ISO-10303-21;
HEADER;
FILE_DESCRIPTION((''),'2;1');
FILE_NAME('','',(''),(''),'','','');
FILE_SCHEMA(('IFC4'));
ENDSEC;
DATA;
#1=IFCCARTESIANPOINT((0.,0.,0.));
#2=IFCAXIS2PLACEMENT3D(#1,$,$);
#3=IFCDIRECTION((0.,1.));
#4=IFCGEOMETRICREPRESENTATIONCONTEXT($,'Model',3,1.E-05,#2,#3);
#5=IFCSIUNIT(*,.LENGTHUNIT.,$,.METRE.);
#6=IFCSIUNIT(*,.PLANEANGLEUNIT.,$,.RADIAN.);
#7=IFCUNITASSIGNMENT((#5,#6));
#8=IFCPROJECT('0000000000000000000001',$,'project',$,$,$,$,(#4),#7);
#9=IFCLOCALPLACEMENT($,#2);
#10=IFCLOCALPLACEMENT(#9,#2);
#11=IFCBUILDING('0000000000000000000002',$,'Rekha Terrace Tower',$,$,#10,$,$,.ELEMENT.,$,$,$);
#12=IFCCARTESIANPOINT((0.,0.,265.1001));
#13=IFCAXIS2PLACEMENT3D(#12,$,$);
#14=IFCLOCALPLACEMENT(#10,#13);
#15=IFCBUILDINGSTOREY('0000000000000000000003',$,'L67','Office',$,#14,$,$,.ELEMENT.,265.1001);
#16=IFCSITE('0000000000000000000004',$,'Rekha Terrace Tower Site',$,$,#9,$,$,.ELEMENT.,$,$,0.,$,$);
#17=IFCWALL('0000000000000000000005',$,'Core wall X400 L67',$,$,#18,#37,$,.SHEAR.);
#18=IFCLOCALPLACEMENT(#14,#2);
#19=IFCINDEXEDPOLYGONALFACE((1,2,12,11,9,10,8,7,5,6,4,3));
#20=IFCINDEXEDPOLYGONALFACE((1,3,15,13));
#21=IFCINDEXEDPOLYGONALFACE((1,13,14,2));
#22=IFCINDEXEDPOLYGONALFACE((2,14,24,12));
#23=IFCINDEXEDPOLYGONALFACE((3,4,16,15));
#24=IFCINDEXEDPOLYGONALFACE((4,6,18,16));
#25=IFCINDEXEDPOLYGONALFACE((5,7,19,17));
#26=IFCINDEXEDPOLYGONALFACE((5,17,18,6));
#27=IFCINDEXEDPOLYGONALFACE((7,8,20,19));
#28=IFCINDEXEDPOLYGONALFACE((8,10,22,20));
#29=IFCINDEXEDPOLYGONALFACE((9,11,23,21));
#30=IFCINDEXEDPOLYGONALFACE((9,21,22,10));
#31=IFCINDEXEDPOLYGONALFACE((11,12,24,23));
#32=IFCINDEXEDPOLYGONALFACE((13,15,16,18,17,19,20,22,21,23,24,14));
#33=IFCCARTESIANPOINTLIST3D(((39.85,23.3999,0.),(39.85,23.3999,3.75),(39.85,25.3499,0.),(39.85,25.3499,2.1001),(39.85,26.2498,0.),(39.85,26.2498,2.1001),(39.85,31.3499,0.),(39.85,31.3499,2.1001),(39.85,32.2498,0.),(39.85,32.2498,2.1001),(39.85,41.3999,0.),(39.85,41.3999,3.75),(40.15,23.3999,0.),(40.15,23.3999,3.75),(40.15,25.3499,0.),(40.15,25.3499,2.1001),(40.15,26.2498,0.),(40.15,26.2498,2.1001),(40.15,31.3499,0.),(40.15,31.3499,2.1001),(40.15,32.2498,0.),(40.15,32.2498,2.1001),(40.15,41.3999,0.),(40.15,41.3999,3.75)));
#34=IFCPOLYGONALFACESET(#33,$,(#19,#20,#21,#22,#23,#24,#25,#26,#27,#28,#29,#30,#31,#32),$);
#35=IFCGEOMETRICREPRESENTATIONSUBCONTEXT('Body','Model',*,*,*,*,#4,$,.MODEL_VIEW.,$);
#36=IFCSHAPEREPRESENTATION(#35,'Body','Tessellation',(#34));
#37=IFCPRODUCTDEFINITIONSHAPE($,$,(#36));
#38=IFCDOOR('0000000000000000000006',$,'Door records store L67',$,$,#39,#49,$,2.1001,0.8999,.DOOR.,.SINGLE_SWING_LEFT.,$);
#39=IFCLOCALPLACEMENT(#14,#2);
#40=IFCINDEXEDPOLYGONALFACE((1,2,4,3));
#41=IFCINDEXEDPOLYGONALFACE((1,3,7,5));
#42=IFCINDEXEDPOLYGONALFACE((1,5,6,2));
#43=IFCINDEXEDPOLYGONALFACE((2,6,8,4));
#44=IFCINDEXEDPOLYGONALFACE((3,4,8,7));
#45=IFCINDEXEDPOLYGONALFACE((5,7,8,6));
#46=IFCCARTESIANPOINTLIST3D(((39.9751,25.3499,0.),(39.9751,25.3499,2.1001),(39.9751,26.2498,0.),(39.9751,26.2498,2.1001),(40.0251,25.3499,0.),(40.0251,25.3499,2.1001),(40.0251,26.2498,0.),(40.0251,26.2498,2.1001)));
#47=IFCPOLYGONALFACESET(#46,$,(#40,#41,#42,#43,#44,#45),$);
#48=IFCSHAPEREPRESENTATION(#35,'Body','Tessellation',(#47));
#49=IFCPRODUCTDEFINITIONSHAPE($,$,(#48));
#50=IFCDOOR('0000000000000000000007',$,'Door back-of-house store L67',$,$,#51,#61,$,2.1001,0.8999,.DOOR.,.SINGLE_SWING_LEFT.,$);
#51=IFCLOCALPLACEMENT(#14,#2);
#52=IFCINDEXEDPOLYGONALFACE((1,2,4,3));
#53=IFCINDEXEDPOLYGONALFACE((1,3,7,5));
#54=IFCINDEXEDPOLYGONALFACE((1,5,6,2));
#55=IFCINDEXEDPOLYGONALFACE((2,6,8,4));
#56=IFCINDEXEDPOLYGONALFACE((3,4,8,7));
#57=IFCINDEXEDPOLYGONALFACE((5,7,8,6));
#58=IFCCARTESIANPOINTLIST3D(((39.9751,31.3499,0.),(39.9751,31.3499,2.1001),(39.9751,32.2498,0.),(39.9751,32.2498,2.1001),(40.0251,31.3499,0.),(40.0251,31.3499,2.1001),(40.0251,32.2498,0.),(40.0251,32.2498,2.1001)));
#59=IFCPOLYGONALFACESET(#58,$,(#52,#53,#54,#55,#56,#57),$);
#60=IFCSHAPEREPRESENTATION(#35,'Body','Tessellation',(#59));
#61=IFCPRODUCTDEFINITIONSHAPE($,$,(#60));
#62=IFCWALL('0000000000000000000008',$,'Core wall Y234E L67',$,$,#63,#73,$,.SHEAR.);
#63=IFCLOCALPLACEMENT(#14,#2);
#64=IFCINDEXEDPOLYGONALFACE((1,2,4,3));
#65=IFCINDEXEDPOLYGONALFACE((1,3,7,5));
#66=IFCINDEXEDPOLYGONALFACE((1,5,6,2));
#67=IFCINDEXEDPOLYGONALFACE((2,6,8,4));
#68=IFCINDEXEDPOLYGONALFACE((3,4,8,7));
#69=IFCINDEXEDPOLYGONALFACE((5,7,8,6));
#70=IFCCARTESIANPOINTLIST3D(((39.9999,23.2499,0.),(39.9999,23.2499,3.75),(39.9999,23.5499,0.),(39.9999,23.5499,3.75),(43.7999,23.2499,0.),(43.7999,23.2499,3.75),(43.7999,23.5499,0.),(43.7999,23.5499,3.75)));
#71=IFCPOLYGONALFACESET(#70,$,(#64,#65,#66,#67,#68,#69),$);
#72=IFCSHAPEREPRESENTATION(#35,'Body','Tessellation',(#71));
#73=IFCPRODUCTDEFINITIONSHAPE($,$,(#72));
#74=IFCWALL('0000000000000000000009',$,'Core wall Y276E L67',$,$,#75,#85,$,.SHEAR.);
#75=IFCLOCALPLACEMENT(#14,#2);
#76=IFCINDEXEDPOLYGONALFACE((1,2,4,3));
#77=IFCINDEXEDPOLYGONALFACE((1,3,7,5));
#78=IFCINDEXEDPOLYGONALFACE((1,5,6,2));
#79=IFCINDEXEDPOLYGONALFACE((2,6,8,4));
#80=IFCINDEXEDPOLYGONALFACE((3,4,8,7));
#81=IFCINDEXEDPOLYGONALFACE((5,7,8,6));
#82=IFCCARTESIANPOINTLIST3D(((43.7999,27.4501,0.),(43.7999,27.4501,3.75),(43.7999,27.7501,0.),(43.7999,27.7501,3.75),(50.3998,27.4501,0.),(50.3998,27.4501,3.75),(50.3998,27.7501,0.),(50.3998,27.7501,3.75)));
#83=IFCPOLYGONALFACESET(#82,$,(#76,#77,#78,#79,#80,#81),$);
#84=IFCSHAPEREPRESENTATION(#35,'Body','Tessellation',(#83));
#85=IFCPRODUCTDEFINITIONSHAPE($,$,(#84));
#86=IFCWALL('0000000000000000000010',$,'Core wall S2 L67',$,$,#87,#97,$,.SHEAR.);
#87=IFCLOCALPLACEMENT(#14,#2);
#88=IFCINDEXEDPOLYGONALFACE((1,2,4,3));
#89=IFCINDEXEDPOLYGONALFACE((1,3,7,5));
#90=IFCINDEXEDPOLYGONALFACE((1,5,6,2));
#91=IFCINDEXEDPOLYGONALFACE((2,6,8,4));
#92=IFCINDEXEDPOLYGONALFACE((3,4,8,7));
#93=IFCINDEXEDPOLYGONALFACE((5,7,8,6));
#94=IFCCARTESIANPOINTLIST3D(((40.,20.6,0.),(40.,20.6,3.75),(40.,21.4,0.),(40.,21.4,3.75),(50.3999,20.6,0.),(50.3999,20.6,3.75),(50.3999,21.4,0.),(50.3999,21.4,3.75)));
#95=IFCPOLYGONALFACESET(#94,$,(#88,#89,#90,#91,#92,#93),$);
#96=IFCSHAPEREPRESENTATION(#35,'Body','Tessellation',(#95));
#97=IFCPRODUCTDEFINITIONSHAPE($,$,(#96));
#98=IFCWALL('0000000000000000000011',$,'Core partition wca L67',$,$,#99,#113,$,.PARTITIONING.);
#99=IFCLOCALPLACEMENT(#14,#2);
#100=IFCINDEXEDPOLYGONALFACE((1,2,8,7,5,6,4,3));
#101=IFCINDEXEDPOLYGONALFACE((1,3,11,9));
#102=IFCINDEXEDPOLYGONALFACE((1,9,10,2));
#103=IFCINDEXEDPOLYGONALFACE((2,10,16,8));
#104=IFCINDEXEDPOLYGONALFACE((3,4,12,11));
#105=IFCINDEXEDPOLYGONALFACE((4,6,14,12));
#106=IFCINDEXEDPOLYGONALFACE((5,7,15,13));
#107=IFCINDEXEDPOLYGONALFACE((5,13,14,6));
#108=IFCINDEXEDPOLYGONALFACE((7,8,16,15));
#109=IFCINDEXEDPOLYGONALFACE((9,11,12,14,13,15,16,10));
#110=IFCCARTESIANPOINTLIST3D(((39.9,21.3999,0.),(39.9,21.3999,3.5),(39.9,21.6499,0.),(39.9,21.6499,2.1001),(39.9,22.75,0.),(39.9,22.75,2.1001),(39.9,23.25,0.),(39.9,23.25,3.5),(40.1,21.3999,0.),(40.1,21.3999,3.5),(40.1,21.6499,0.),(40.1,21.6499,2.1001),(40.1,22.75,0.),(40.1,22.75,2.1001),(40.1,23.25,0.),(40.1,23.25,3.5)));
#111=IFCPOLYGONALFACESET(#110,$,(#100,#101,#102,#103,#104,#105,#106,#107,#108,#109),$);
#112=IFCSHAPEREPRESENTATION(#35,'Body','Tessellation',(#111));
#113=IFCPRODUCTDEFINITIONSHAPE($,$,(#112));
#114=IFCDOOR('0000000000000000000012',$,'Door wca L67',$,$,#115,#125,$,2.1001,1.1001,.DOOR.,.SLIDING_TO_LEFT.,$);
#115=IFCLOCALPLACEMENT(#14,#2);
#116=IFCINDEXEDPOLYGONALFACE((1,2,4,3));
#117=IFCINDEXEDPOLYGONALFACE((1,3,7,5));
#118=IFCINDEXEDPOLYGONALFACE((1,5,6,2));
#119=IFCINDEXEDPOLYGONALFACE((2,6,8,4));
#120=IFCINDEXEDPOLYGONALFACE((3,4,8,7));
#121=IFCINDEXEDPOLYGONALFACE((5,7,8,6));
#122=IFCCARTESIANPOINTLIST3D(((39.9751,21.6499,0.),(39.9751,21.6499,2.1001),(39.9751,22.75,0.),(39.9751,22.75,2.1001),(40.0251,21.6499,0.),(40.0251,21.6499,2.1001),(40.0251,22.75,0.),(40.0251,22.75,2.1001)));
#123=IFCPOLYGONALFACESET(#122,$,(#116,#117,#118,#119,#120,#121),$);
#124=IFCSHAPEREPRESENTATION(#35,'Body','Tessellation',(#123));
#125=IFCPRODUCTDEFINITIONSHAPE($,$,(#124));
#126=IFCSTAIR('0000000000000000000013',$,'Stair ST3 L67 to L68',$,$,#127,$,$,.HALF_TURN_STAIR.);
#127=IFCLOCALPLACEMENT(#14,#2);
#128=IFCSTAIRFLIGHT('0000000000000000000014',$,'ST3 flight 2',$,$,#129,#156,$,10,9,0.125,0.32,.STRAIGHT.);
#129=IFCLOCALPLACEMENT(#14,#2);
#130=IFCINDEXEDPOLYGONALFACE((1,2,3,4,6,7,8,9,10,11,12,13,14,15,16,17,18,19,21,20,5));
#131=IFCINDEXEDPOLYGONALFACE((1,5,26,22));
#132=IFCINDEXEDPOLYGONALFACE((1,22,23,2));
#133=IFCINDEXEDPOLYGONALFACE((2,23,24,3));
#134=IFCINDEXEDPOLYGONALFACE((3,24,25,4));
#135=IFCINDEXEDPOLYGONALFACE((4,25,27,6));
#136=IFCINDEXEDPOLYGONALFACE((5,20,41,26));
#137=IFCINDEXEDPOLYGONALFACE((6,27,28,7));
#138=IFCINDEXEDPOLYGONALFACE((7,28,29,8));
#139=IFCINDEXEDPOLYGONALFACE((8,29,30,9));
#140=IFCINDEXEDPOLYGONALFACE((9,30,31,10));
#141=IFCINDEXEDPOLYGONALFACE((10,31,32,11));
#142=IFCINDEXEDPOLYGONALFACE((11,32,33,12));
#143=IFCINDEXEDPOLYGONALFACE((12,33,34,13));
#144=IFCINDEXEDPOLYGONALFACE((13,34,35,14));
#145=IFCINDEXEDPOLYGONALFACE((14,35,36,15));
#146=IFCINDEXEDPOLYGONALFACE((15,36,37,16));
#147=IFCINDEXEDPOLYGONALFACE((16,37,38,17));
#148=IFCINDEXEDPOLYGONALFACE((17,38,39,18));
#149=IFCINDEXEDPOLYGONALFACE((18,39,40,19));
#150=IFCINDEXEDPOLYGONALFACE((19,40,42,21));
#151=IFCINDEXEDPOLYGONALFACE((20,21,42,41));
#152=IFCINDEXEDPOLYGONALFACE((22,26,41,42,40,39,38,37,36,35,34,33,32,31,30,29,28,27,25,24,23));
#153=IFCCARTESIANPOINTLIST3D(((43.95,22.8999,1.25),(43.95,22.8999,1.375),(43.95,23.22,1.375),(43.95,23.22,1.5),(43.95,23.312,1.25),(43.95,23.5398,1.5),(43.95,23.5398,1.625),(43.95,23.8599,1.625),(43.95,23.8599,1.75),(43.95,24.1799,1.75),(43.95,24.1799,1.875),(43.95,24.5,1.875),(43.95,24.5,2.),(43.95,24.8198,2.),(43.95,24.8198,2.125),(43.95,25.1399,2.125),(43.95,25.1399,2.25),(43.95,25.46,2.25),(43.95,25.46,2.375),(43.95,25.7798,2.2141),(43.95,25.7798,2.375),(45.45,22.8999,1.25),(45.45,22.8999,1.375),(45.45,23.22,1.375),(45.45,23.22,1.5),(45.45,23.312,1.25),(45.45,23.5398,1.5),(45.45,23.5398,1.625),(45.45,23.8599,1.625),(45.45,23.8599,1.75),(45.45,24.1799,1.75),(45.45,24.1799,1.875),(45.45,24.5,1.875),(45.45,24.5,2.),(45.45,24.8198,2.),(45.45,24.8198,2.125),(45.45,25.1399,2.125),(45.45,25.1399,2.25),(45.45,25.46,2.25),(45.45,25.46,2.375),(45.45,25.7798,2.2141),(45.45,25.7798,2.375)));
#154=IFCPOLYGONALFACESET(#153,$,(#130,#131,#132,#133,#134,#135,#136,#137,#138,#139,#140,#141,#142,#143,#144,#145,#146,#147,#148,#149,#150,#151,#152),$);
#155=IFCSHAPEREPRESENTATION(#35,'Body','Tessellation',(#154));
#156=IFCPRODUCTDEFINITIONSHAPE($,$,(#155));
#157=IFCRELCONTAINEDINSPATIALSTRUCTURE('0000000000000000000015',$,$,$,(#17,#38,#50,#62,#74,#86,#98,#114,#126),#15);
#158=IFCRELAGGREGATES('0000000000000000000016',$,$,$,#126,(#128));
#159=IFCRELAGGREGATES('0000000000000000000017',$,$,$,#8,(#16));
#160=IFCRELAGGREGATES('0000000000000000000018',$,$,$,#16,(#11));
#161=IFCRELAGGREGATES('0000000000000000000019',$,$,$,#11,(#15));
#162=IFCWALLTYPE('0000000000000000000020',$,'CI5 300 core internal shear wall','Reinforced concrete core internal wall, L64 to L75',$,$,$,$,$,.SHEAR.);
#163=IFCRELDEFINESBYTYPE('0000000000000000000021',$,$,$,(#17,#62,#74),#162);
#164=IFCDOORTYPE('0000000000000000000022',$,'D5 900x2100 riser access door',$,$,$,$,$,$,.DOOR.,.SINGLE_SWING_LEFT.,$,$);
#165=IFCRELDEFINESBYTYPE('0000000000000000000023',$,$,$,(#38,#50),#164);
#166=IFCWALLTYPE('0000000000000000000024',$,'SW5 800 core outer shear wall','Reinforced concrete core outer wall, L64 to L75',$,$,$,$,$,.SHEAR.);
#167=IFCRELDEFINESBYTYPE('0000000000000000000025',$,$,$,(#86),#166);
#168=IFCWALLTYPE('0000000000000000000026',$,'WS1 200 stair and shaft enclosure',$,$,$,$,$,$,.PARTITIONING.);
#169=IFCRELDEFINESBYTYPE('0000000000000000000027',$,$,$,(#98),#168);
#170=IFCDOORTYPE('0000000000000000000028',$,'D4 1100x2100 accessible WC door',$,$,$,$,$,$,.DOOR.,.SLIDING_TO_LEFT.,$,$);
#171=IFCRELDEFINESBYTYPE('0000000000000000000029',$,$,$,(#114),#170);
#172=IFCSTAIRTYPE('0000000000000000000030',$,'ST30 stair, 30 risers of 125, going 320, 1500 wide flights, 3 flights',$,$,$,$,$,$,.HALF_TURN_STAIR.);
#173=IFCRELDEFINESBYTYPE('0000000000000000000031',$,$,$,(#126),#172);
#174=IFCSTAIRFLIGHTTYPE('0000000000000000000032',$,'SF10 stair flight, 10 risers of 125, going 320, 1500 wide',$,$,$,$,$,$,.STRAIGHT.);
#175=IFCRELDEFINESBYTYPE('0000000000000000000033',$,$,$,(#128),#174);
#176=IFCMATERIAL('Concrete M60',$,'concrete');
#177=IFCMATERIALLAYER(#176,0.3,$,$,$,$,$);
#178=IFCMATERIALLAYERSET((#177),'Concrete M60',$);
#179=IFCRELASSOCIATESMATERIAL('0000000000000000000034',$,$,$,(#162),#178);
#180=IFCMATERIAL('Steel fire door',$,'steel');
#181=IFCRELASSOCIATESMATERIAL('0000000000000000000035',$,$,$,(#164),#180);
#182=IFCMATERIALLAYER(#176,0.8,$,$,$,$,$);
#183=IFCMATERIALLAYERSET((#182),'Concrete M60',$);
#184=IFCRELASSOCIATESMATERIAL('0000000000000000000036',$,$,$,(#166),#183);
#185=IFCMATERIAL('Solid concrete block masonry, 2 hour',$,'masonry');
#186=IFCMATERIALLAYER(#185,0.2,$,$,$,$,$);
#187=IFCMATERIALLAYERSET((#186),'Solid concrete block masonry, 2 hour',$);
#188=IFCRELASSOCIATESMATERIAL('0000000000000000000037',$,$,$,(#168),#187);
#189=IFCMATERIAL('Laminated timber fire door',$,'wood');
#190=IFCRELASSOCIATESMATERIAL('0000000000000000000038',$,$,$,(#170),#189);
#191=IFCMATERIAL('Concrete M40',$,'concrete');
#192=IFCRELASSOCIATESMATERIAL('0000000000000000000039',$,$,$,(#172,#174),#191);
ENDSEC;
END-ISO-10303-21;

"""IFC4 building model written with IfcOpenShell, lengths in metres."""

from ifc_helpers import new_model, si_unit, direction, frame, frame_2d, origin, place, context, subcontext, project, spatial, polyline, rectangle, outline, extrude, material, layer, layer_set, type_object, element, fill, aggregate, save


model = new_model("IFC4")

# Units and contexts
model_context = context("Model", 3, precision=1e-05, world=origin(), true_north=direction((0.0, 1.0)))
body_context = subcontext(model_context, "Body", "Model", "MODEL_VIEW")
ifc_project = project(units=[si_unit("LENGTHUNIT", "METRE"), si_unit("PLANEANGLEUNIT", "RADIAN")], contexts=[model_context])

# Site, building, storey
site_placement = place(None, origin())
site = spatial("IfcSite", under=ifc_project, at=site_placement, Name="Rekha Terrace Tower Site", CompositionType="ELEMENT", RefElevation=0.0)
building_placement = place(site_placement, origin())
building = spatial("IfcBuilding", under=site, at=building_placement, Name="Rekha Terrace Tower", CompositionType="ELEMENT")
storey_placement = place(building_placement, frame((0.0, 0.0, 265.1001)))
storey = spatial("IfcBuildingStorey", under=building, at=storey_placement, Name="L67", Description="Office", CompositionType="ELEMENT", Elevation=265.1001)

# Shared definitions
ifc_material_1 = material(Name="Concrete M60", Category="concrete")

# Shared definitions
ifc_layer_1 = layer(ifc_material_1, 0.3)
ifc_layer_set_1 = layer_set([ifc_layer_1], Name="Concrete M60")
wall_type_1 = type_object("IfcWallType", Name="CI5 300 core internal shear wall", Description="Reinforced concrete core internal wall, L64 to L75", PredefinedType="SHEAR", material=ifc_layer_set_1)

# Wall, openings, doors
wall_1_placement = place(storey_placement, frame((40.0, 23.3999, 0.0), z_axis=(0.0, 0.0, 1.0), x_axis=(0.0, 1.0, 0.0)))
wall_1 = element("IfcWall", 1, at=wall_1_placement, inside=storey, type_object=wall_type_1, Name="Core wall X400 L67", PredefinedType="SHEAR", context=body_context, shape_type="SweptSolid", body=[
    extrude(rectangle(XDim=18.0, YDim=0.3, at=frame_2d((9.0, 0.0))), origin(), (0.0, 0.0, 1.0), 3.75),
])
opening_1_placement = place(wall_1_placement, frame((1.95, 0.0, 0.0)))
opening_1 = element("IfcOpeningElement", 2, at=opening_1_placement, cuts=wall_1, PredefinedType="OPENING", context=body_context, shape_type="SweptSolid", body=[
    extrude(rectangle(XDim=0.8999, YDim=2.1001, at=frame_2d((0.45, 1.05))), frame((0.0, 0.1599, 0.0), z_axis=(0.0, -1.0, 0.0), x_axis=(1.0, 0.0, 0.0)), (0.0, 0.0, 1.0), 0.3201),
])
opening_2_placement = place(wall_1_placement, frame((7.95, 0.0, 0.0)))
opening_2 = element("IfcOpeningElement", 3, at=opening_2_placement, cuts=wall_1, PredefinedType="OPENING", context=body_context, shape_type="SweptSolid", body=[
    extrude(rectangle(XDim=0.8999, YDim=2.1001, at=frame_2d((0.45, 1.05))), frame((0.0, 0.1599, 0.0), z_axis=(0.0, -1.0, 0.0), x_axis=(1.0, 0.0, 0.0)), (0.0, 0.0, 1.0), 0.3201),
])
ifc_material_2 = material(Name="Steel fire door", Category="steel")
door_type_1 = type_object("IfcDoorType", Name="D5 900x2100 riser access door", OperationType="SINGLE_SWING_LEFT", PredefinedType="DOOR", material=ifc_material_2)
door_1_placement = place(opening_1_placement, origin())
door_1 = element("IfcDoor", 4, at=door_1_placement, inside=storey, type_object=door_type_1, Name="Door records store L67", OperationType="SINGLE_SWING_LEFT", OverallHeight=2.1001, OverallWidth=0.8999, PredefinedType="DOOR", context=body_context, shape_type="SweptSolid", body=[
    extrude(rectangle(XDim=0.8999, YDim=2.1001, at=frame_2d((0.45, 1.05))), frame((0.0, 0.0249, 0.0), z_axis=(0.0, -1.0, 0.0), x_axis=(1.0, 0.0, 0.0)), (0.0, 0.0, 1.0), 0.05),
])
fill(opening_1, door_1)
door_2_placement = place(opening_2_placement, origin())
door_2 = element("IfcDoor", 5, at=door_2_placement, inside=storey, type_object=door_type_1, Name="Door back-of-house store L67", OperationType="SINGLE_SWING_LEFT", OverallHeight=2.1001, OverallWidth=0.8999, PredefinedType="DOOR", context=body_context, shape_type="SweptSolid", body=[
    extrude(rectangle(XDim=0.8999, YDim=2.1001, at=frame_2d((0.45, 1.05))), frame((0.0, 0.0249, 0.0), z_axis=(0.0, -1.0, 0.0), x_axis=(1.0, 0.0, 0.0)), (0.0, 0.0, 1.0), 0.05),
])
fill(opening_2, door_2)

# Walls
wall_2_placement = place(storey_placement, frame((40.0, 23.3999, 0.0), z_axis=(0.0, 0.0, 1.0), x_axis=(1.0, 0.0, 0.0)))
element("IfcWall", 6, at=wall_2_placement, inside=storey, type_object=wall_type_1, Name="Core wall Y234E L67", PredefinedType="SHEAR", context=body_context, shape_type="SweptSolid", body=[
    extrude(rectangle(XDim=3.8, YDim=0.3, at=frame_2d((1.8999, 0.0))), origin(), (0.0, 0.0, 1.0), 3.75),
])
wall_3_placement = place(storey_placement, frame((43.8, 27.6001, 0.0), z_axis=(0.0, 0.0, 1.0), x_axis=(1.0, 0.0, 0.0)))
element("IfcWall", 7, at=wall_3_placement, inside=storey, type_object=wall_type_1, Name="Core wall Y276E L67", PredefinedType="SHEAR", context=body_context, shape_type="SweptSolid", body=[
    extrude(rectangle(XDim=6.5999, YDim=0.3, at=frame_2d((3.2998, 0.0))), origin(), (0.0, 0.0, 1.0), 3.75),
])
ifc_layer_2 = layer(ifc_material_1, 0.8)
ifc_layer_set_2 = layer_set([ifc_layer_2], Name="Concrete M60")
wall_type_2 = type_object("IfcWallType", Name="SW5 800 core outer shear wall", Description="Reinforced concrete core outer wall, L64 to L75", PredefinedType="SHEAR", material=ifc_layer_set_2)
wall_4_placement = place(storey_placement, frame((40.0, 21.0, 0.0), z_axis=(0.0, 0.0, 1.0), x_axis=(1.0, 0.0, 0.0)))
element("IfcWall", 8, at=wall_4_placement, inside=storey, type_object=wall_type_2, Name="Core wall S2 L67", PredefinedType="SHEAR", context=body_context, shape_type="SweptSolid", body=[
    extrude(rectangle(XDim=10.3999, YDim=0.8, at=frame_2d((5.2, 0.0))), origin(), (0.0, 0.0, 1.0), 3.75),
])

# Wall, opening, door
ifc_material_3 = material(Name="Solid concrete block masonry, 2 hour", Category="masonry")
ifc_layer_3 = layer(ifc_material_3, 0.2)
ifc_layer_set_3 = layer_set([ifc_layer_3], Name="Solid concrete block masonry, 2 hour")
wall_type_3 = type_object("IfcWallType", Name="WS1 200 stair and shaft enclosure", PredefinedType="PARTITIONING", material=ifc_layer_set_3)
wall_5_placement = place(storey_placement, frame((40.0, 21.3999, 0.0), z_axis=(0.0, 0.0, 1.0), x_axis=(0.0, 1.0, 0.0)))
wall_5 = element("IfcWall", 9, at=wall_5_placement, inside=storey, type_object=wall_type_3, Name="Core partition wca L67", PredefinedType="PARTITIONING", context=body_context, shape_type="SweptSolid", body=[
    extrude(rectangle(XDim=1.8501, YDim=0.2, at=frame_2d((0.925, 0.0))), origin(), (0.0, 0.0, 1.0), 3.5),
])
opening_3_placement = place(wall_5_placement, frame((0.25, 0.0, 0.0)))
opening_3 = element("IfcOpeningElement", 10, at=opening_3_placement, cuts=wall_5, PredefinedType="OPENING", context=body_context, shape_type="SweptSolid", body=[
    extrude(rectangle(XDim=1.1001, YDim=2.1001, at=frame_2d((0.55, 1.05))), frame((0.0, 0.1099, 0.0), z_axis=(0.0, -1.0, 0.0), x_axis=(1.0, 0.0, 0.0)), (0.0, 0.0, 1.0), 0.22),
])
ifc_material_4 = material(Name="Laminated timber fire door", Category="wood")
door_type_2 = type_object("IfcDoorType", Name="D4 1100x2100 accessible WC door", OperationType="SLIDING_TO_LEFT", PredefinedType="DOOR", material=ifc_material_4)
door_3_placement = place(opening_3_placement, origin())
door_3 = element("IfcDoor", 11, at=door_3_placement, inside=storey, type_object=door_type_2, Name="Door wca L67", OperationType="SLIDING_TO_LEFT", OverallHeight=2.1001, OverallWidth=1.1001, PredefinedType="DOOR", context=body_context, shape_type="SweptSolid", body=[
    extrude(rectangle(XDim=1.1001, YDim=2.1001, at=frame_2d((0.55, 1.05))), frame((0.0, 0.0249, 0.0), z_axis=(0.0, -1.0, 0.0), x_axis=(1.0, 0.0, 0.0)), (0.0, 0.0, 1.0), 0.05),
])
fill(opening_3, door_3)

# Stair, stair flight
ifc_material_5 = material(Name="Concrete M40", Category="concrete")
stair_type = type_object("IfcStairType", Name="ST30 stair, 30 risers of 125, going 320, 1500 wide flights, 3 flights", PredefinedType="HALF_TURN_STAIR", material=ifc_material_5)
stair_placement = place(storey_placement, origin())
stair = element("IfcStair", 12, at=stair_placement, inside=storey, type_object=stair_type, Name="Stair ST3 L67 to L68", PredefinedType="HALF_TURN_STAIR")
stair_flight_type = type_object("IfcStairFlightType", Name="SF10 stair flight, 10 risers of 125, going 320, 1500 wide", PredefinedType="STRAIGHT", material=ifc_material_5)
stair_flight_placement = place(storey_placement, frame((44.7, 22.8999, 1.25), z_axis=(0.0, 0.0, 1.0), x_axis=(0.0, 1.0, 0.0)))
stair_flight = element("IfcStairFlight", 13, at=stair_flight_placement, type_object=stair_flight_type, Name="ST3 flight 2", NumberOfRisers=10, NumberOfTreads=9, PredefinedType="STRAIGHT", RiserHeight=0.125, TreadLength=0.32, context=body_context, shape_type="SweptSolid", body=[
    extrude(outline(polyline([(0.0, 0.0), (0.0, 0.125), (0.3201, 0.125), (0.3201, 0.25), (0.6399, 0.25), (0.6399, 0.375), (0.96, 0.375), (0.96, 0.5), (1.28, 0.5), (1.28, 0.625), (1.6001, 0.625), (1.6001, 0.75), (1.9199, 0.75), (1.9199, 0.875), (2.24, 0.875), (2.24, 1.0), (2.5601, 1.0), (2.5601, 1.125), (2.8799, 1.125), (2.8799, 1.25), (2.8799, 0.9641), (0.4121, 0.0), (0.0, 0.0)])), frame((0.0, 0.75, 0.0), z_axis=(0.0, -1.0, 0.0), x_axis=(1.0, 0.0, 0.0)), (0.0, 0.0, 1.0), 1.5),
])
aggregate(stair, [stair_flight])

save(model, "model.ifc")
